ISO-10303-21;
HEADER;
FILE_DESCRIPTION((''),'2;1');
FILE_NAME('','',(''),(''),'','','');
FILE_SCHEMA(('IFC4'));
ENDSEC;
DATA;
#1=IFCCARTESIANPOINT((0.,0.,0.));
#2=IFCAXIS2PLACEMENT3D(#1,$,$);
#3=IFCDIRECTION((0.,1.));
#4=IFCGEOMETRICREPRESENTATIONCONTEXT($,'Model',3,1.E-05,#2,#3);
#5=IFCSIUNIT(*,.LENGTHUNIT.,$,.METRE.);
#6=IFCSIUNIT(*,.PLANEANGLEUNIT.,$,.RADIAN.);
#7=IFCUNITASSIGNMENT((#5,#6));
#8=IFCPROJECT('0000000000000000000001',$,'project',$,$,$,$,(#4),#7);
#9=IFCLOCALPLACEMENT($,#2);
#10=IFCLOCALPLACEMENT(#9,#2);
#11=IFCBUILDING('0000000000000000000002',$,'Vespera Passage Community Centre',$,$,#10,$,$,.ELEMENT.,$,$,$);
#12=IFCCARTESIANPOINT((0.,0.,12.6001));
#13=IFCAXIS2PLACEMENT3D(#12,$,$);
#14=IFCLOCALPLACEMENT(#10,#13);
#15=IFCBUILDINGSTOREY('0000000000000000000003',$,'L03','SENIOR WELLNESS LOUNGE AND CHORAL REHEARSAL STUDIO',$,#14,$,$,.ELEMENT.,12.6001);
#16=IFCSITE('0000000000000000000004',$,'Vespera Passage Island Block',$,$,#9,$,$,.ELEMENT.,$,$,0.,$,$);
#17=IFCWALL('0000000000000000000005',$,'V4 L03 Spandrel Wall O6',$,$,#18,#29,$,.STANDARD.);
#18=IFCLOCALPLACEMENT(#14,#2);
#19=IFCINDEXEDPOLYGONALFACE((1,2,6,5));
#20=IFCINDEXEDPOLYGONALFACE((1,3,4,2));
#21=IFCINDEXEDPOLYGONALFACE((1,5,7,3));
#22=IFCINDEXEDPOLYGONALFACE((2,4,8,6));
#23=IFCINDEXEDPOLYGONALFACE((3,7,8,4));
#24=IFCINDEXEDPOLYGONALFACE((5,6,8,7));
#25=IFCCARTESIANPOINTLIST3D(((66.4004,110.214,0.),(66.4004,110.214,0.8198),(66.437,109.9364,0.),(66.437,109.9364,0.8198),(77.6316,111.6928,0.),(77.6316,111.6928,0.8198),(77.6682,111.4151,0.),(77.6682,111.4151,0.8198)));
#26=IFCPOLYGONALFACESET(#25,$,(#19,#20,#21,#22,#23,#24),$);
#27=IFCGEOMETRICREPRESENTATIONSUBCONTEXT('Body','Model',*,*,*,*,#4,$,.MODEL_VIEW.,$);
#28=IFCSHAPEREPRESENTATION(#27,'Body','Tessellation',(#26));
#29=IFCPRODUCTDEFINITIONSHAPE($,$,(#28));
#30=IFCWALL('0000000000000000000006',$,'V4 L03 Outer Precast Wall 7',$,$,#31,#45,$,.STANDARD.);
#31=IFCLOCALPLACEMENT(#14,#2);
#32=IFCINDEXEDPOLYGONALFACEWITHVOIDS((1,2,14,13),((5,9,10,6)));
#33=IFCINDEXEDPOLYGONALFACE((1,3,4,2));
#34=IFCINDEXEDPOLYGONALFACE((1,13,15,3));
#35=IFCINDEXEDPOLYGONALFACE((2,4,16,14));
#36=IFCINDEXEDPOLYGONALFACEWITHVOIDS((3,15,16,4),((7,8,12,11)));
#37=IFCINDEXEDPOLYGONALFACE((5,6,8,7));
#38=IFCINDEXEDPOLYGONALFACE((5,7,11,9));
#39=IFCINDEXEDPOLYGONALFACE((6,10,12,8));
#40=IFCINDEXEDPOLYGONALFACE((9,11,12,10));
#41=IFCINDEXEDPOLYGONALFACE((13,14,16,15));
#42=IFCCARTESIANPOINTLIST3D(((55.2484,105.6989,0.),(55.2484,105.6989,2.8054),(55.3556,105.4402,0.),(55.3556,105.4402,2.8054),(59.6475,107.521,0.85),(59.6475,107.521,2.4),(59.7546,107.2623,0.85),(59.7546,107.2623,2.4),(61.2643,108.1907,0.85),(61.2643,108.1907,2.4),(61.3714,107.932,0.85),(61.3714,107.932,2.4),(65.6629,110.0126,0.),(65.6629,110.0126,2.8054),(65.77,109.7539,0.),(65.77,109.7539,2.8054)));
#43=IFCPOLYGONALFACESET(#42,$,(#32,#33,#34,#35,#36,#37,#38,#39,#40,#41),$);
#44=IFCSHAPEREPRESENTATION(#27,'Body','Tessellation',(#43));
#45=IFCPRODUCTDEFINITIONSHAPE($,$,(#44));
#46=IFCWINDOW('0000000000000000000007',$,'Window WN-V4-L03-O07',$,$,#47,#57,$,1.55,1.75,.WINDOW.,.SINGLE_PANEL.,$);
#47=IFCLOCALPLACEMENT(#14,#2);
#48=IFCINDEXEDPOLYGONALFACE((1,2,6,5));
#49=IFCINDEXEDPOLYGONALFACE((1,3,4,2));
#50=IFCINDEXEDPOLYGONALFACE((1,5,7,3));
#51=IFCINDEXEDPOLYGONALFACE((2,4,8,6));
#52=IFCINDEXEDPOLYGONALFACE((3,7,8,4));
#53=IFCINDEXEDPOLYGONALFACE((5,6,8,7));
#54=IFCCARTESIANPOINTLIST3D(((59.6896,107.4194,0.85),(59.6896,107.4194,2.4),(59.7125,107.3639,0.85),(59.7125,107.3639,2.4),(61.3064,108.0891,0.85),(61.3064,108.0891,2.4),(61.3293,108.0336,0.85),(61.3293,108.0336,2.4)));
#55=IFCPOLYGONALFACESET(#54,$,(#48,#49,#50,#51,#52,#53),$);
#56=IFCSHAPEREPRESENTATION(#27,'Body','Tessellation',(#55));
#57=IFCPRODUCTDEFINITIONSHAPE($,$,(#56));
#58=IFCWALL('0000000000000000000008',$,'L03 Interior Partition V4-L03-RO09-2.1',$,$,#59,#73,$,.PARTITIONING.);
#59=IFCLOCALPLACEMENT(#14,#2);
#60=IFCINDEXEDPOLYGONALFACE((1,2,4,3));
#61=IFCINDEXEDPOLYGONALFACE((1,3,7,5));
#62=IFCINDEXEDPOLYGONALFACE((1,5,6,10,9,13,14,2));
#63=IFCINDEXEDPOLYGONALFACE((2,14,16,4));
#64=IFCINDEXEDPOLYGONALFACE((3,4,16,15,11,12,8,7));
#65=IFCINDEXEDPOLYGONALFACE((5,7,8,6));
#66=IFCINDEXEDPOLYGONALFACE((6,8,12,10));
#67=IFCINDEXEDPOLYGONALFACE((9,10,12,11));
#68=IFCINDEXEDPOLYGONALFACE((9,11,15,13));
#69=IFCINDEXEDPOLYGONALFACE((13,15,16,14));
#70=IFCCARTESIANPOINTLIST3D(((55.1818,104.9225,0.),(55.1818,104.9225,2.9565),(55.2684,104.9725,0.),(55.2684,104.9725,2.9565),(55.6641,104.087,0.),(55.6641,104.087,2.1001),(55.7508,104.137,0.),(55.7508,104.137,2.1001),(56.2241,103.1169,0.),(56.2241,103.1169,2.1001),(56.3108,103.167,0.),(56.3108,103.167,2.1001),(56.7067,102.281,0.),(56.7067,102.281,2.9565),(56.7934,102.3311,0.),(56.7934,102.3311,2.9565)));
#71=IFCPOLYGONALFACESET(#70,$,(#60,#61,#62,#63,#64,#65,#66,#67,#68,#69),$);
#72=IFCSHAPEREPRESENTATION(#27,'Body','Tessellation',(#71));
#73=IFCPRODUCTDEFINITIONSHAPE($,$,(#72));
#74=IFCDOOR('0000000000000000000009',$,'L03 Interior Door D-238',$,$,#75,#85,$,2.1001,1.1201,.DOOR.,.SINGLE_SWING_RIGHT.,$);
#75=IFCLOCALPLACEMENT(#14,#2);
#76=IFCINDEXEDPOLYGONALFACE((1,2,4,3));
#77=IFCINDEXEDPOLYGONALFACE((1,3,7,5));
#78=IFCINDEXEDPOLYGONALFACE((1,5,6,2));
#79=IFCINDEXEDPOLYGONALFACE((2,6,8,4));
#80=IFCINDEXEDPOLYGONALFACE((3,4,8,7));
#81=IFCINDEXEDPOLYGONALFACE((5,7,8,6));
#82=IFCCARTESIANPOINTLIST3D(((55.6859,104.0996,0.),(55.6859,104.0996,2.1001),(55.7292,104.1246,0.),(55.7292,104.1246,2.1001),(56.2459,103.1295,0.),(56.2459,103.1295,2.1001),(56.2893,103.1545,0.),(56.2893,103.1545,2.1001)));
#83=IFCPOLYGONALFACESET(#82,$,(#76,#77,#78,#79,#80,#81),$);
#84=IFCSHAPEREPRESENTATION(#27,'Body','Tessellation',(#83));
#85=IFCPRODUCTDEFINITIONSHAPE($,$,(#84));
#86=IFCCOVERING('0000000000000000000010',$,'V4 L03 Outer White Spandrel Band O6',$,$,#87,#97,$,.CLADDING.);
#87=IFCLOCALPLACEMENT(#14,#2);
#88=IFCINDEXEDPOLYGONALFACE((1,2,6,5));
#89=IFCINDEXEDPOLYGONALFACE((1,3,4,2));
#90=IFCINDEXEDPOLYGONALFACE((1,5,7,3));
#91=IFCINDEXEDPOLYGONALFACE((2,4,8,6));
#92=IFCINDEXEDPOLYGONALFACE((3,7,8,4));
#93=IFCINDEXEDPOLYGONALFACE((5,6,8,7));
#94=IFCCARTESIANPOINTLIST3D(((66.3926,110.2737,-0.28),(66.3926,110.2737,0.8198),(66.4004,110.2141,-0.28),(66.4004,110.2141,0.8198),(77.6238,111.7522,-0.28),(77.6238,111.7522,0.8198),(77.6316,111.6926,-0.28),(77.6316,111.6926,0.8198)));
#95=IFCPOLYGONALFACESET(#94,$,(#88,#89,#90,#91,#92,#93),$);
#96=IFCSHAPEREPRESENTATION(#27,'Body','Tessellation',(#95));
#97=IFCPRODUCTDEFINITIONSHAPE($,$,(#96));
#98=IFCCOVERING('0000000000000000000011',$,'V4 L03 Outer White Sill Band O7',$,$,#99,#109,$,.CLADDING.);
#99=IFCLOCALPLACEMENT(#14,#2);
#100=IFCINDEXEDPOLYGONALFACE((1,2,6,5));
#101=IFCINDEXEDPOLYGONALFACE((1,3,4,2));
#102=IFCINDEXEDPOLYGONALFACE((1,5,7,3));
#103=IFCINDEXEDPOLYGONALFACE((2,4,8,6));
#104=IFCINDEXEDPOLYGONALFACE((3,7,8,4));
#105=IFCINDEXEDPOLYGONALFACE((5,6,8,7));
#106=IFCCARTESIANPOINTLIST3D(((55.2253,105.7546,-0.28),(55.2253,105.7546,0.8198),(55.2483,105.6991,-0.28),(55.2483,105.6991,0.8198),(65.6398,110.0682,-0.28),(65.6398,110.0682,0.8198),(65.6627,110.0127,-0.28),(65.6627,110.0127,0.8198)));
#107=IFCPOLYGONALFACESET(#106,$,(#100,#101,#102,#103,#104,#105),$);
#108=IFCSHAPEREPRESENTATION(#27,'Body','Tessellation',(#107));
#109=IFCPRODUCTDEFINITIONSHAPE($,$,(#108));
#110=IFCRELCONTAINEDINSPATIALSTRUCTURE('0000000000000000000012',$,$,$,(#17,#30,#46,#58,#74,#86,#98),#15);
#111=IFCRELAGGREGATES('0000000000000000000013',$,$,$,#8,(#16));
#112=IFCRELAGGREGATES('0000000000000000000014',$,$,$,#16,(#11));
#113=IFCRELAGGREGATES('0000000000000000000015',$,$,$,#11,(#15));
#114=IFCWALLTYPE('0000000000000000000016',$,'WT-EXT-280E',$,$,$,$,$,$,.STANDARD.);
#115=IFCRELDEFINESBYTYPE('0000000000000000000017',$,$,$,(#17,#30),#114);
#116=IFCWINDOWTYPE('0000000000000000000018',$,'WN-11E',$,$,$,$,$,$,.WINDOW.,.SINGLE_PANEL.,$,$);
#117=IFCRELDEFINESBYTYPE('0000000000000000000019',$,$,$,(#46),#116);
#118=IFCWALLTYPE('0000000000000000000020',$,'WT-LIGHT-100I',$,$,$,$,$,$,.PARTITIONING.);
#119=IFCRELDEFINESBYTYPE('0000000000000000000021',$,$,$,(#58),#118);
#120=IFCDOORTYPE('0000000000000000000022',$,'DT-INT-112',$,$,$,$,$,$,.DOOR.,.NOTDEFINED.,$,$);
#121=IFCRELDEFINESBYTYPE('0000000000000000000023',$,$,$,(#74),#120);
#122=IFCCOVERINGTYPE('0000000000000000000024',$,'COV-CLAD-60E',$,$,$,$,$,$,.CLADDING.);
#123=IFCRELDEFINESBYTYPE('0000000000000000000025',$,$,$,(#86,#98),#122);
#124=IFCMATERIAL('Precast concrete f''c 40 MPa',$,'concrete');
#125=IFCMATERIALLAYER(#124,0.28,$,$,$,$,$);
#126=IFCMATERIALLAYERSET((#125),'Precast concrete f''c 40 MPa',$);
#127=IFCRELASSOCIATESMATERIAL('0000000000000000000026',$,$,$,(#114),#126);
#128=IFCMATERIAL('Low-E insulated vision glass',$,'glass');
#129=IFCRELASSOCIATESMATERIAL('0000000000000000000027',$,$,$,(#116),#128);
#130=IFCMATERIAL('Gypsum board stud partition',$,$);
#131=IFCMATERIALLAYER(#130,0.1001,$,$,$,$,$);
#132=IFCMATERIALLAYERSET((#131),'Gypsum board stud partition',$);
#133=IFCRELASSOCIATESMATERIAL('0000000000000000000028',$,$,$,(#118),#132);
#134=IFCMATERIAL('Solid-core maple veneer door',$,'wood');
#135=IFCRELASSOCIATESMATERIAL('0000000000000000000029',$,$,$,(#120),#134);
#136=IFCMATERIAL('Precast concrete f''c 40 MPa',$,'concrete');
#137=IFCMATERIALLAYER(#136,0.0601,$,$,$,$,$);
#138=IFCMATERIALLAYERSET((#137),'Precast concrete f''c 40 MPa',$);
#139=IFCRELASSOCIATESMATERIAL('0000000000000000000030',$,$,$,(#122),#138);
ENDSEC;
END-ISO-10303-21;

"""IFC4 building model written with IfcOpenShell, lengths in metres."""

from ifc_helpers import new_model, si_unit, direction, frame, frame_2d, origin, place, context, subcontext, project, spatial, rectangle, extrude, material, layer, layer_set, type_object, element, fill, save


model = new_model("IFC4")

# Units and contexts
model_context = context("Model", 3, precision=1e-05, world=origin(), true_north=direction((0.0, 1.0)))
body_context = subcontext(model_context, "Body", "Model", "MODEL_VIEW")
ifc_project = project(units=[si_unit("LENGTHUNIT", "METRE"), si_unit("PLANEANGLEUNIT", "RADIAN")], contexts=[model_context])

# Site, building, storey
site_placement = place(None, origin())
site = spatial("IfcSite", under=ifc_project, at=site_placement, Name="Vespera Passage Island Block", CompositionType="ELEMENT", RefElevation=0.0)
building_placement = place(site_placement, origin())
building = spatial("IfcBuilding", under=site, at=building_placement, Name="Vespera Passage Community Centre", CompositionType="ELEMENT")
storey_placement = place(building_placement, frame((0.0, 0.0, 12.6001)))
storey = spatial("IfcBuildingStorey", under=building, at=storey_placement, Name="L03", Description="SENIOR WELLNESS LOUNGE AND CHORAL REHEARSAL STUDIO", CompositionType="ELEMENT", Elevation=12.6001)

# Wall
ifc_material_1 = material(Name="Precast concrete f'c 40 MPa", Category="concrete")
ifc_layer_1 = layer(ifc_material_1, 0.28)
ifc_layer_set_1 = layer_set([ifc_layer_1], Name="Precast concrete f'c 40 MPa")
wall_type_1 = type_object("IfcWallType", Name="WT-EXT-280E", PredefinedType="STANDARD", material=ifc_layer_set_1)
wall_1_placement = place(storey_placement, frame((66.4187, 110.0752, 0.0), z_axis=(0.0, 0.0, 1.0), x_axis=(0.991443, 0.130539, 0.0)))
element("IfcWall", 1, at=wall_1_placement, inside=storey, type_object=wall_type_1, Name="V4 L03 Spandrel Wall O6", PredefinedType="STANDARD", context=body_context, shape_type="SweptSolid", body=[
    extrude(rectangle(XDim=11.3281, YDim=0.28, at=frame_2d((5.6641, 0.0))), origin(), (0.0, 0.0, 1.0), 0.8198),
])

# Wall, opening, window
wall_2_placement = place(storey_placement, frame((55.302, 105.5696, 0.0), z_axis=(0.0, 0.0, 1.0), x_axis=(0.923884, 0.382674, 0.0)))
wall_2 = element("IfcWall", 2, at=wall_2_placement, inside=storey, type_object=wall_type_1, Name="V4 L03 Outer Precast Wall 7", PredefinedType="STANDARD", context=body_context, shape_type="SweptSolid", body=[
    extrude(rectangle(XDim=11.2725, YDim=0.28, at=frame_2d((5.6362, 0.0))), origin(), (0.0, 0.0, 1.0), 2.8054),
])
opening_1_placement = place(wall_2_placement, frame((4.7615, 0.0, 0.8501)))
opening_1 = element("IfcOpeningElement", 3, at=opening_1_placement, cuts=wall_2, PredefinedType="OPENING", context=body_context, shape_type="SweptSolid", body=[
    extrude(rectangle(XDim=1.75, YDim=1.55, at=frame_2d((0.875, 0.7749))), frame((0.0, 0.1501, 0.0), z_axis=(0.0, -1.0, 0.0), x_axis=(1.0, 0.0, 0.0)), (0.0, 0.0, 1.0), 0.3),
])
ifc_material_2 = material(Name="Low-E insulated vision glass", Category="glass")
window_type = type_object("IfcWindowType", Name="WN-11E", PartitioningType="SINGLE_PANEL", PredefinedType="WINDOW", material=ifc_material_2)
window_placement = place(opening_1_placement, origin())
window = element("IfcWindow", 4, at=window_placement, inside=storey, type_object=window_type, Name="Window WN-V4-L03-O07", OverallHeight=1.55, OverallWidth=1.75, PartitioningType="SINGLE_PANEL", PredefinedType="WINDOW", context=body_context, shape_type="SweptSolid", body=[
    extrude(rectangle(XDim=1.75, YDim=1.55, at=frame_2d((0.875, 0.7749))), frame((0.0, 0.03, 0.0), z_axis=(0.0, -1.0, 0.0), x_axis=(1.0, 0.0, 0.0)), (0.0, 0.0, 1.0), 0.0601),
])
fill(opening_1, window)

# Wall, opening, door
ifc_material_3 = material(Name="Gypsum board stud partition")
ifc_layer_2 = layer(ifc_material_3, 0.1001)
ifc_layer_set_2 = layer_set([ifc_layer_2], Name="Gypsum board stud partition")
wall_type_2 = type_object("IfcWallType", Name="WT-LIGHT-100I", PredefinedType="PARTITIONING", material=ifc_layer_set_2)
wall_3_placement = place(storey_placement, frame((56.75, 102.3062, 0.0), z_axis=(0.0, 0.0, 1.0), x_axis=(-0.499979, 0.866038, 0.0)))
wall_3 = element("IfcWall", 5, at=wall_3_placement, inside=storey, type_object=wall_type_2, Name="L03 Interior Partition V4-L03-RO09-2.1", PredefinedType="PARTITIONING", context=body_context, shape_type="SweptSolid", body=[
    extrude(rectangle(XDim=3.05, YDim=0.1001, at=frame_2d((1.5249, 0.0))), origin(), (0.0, 0.0, 1.0), 2.9565),
])
opening_2_placement = place(wall_3_placement, frame((0.9651, 0.0, 0.0)))
opening_2 = element("IfcOpeningElement", 6, at=opening_2_placement, cuts=wall_3, PredefinedType="OPENING", context=body_context, shape_type="SweptSolid", body=[
    extrude(rectangle(XDim=1.1201, YDim=2.1001, at=frame_2d((0.5601, 1.05))), frame((0.0, 0.0601, 0.0), z_axis=(0.0, -1.0, 0.0), x_axis=(1.0, 0.0, 0.0)), (0.0, 0.0, 1.0), 0.1201),
])
ifc_material_4 = material(Name="Solid-core maple veneer door", Category="wood")
door_type_1 = type_object("IfcDoorType", Name="DT-INT-112", OperationType="NOTDEFINED", PredefinedType="DOOR", material=ifc_material_4)
door_1_placement = place(opening_2_placement, origin())
door_1 = element("IfcDoor", 7, at=door_1_placement, inside=storey, type_object=door_type_1, Name="L03 Interior Door D-238", OperationType="SINGLE_SWING_RIGHT", OverallHeight=2.1001, OverallWidth=1.1201, PredefinedType="DOOR", context=body_context, shape_type="SweptSolid", body=[
    extrude(rectangle(XDim=1.1201, YDim=2.1001, at=frame_2d((0.5601, 1.05))), frame((0.0, 0.0249, 0.0), z_axis=(0.0, -1.0, 0.0), x_axis=(1.0, 0.0, 0.0)), (0.0, 0.0, 1.0), 0.05),
])
fill(opening_2, door_1)

# Coverings
ifc_material_5 = material(Name="Precast concrete f'c 40 MPa", Category="concrete")
ifc_layer_3 = layer(ifc_material_5, 0.0601)
ifc_layer_set_3 = layer_set([ifc_layer_3], Name="Precast concrete f'c 40 MPa")
covering_type = type_object("IfcCoveringType", Name="COV-CLAD-60E", PredefinedType="CLADDING", material=ifc_layer_set_3)
covering_1_placement = place(storey_placement, frame((66.3965, 110.2439, -0.28), z_axis=(0.0, 0.0, 1.0), x_axis=(0.991446, 0.130518, 0.0)))
element("IfcCovering", 8, at=covering_1_placement, inside=storey, type_object=covering_type, Name="V4 L03 Outer White Spandrel Band O6", PredefinedType="CLADDING", context=body_context, shape_type="SweptSolid", body=[
    extrude(rectangle(XDim=11.3281, YDim=0.0601, at=frame_2d((5.6641, 0.0))), origin(), (0.0, 0.0, 1.0), 1.0999),
])
covering_2_placement = place(storey_placement, frame((55.2368, 105.7268, -0.28), z_axis=(0.0, 0.0, 1.0), x_axis=(0.923884, 0.382674, 0.0)))
element("IfcCovering", 9, at=covering_2_placement, inside=storey, type_object=covering_type, Name="V4 L03 Outer White Sill Band O7", PredefinedType="CLADDING", context=body_context, shape_type="SweptSolid", body=[
    extrude(rectangle(XDim=11.2725, YDim=0.0601, at=frame_2d((5.6362, 0.0))), origin(), (0.0, 0.0, 1.0), 1.0999),
])

save(model, "model.ifc")
